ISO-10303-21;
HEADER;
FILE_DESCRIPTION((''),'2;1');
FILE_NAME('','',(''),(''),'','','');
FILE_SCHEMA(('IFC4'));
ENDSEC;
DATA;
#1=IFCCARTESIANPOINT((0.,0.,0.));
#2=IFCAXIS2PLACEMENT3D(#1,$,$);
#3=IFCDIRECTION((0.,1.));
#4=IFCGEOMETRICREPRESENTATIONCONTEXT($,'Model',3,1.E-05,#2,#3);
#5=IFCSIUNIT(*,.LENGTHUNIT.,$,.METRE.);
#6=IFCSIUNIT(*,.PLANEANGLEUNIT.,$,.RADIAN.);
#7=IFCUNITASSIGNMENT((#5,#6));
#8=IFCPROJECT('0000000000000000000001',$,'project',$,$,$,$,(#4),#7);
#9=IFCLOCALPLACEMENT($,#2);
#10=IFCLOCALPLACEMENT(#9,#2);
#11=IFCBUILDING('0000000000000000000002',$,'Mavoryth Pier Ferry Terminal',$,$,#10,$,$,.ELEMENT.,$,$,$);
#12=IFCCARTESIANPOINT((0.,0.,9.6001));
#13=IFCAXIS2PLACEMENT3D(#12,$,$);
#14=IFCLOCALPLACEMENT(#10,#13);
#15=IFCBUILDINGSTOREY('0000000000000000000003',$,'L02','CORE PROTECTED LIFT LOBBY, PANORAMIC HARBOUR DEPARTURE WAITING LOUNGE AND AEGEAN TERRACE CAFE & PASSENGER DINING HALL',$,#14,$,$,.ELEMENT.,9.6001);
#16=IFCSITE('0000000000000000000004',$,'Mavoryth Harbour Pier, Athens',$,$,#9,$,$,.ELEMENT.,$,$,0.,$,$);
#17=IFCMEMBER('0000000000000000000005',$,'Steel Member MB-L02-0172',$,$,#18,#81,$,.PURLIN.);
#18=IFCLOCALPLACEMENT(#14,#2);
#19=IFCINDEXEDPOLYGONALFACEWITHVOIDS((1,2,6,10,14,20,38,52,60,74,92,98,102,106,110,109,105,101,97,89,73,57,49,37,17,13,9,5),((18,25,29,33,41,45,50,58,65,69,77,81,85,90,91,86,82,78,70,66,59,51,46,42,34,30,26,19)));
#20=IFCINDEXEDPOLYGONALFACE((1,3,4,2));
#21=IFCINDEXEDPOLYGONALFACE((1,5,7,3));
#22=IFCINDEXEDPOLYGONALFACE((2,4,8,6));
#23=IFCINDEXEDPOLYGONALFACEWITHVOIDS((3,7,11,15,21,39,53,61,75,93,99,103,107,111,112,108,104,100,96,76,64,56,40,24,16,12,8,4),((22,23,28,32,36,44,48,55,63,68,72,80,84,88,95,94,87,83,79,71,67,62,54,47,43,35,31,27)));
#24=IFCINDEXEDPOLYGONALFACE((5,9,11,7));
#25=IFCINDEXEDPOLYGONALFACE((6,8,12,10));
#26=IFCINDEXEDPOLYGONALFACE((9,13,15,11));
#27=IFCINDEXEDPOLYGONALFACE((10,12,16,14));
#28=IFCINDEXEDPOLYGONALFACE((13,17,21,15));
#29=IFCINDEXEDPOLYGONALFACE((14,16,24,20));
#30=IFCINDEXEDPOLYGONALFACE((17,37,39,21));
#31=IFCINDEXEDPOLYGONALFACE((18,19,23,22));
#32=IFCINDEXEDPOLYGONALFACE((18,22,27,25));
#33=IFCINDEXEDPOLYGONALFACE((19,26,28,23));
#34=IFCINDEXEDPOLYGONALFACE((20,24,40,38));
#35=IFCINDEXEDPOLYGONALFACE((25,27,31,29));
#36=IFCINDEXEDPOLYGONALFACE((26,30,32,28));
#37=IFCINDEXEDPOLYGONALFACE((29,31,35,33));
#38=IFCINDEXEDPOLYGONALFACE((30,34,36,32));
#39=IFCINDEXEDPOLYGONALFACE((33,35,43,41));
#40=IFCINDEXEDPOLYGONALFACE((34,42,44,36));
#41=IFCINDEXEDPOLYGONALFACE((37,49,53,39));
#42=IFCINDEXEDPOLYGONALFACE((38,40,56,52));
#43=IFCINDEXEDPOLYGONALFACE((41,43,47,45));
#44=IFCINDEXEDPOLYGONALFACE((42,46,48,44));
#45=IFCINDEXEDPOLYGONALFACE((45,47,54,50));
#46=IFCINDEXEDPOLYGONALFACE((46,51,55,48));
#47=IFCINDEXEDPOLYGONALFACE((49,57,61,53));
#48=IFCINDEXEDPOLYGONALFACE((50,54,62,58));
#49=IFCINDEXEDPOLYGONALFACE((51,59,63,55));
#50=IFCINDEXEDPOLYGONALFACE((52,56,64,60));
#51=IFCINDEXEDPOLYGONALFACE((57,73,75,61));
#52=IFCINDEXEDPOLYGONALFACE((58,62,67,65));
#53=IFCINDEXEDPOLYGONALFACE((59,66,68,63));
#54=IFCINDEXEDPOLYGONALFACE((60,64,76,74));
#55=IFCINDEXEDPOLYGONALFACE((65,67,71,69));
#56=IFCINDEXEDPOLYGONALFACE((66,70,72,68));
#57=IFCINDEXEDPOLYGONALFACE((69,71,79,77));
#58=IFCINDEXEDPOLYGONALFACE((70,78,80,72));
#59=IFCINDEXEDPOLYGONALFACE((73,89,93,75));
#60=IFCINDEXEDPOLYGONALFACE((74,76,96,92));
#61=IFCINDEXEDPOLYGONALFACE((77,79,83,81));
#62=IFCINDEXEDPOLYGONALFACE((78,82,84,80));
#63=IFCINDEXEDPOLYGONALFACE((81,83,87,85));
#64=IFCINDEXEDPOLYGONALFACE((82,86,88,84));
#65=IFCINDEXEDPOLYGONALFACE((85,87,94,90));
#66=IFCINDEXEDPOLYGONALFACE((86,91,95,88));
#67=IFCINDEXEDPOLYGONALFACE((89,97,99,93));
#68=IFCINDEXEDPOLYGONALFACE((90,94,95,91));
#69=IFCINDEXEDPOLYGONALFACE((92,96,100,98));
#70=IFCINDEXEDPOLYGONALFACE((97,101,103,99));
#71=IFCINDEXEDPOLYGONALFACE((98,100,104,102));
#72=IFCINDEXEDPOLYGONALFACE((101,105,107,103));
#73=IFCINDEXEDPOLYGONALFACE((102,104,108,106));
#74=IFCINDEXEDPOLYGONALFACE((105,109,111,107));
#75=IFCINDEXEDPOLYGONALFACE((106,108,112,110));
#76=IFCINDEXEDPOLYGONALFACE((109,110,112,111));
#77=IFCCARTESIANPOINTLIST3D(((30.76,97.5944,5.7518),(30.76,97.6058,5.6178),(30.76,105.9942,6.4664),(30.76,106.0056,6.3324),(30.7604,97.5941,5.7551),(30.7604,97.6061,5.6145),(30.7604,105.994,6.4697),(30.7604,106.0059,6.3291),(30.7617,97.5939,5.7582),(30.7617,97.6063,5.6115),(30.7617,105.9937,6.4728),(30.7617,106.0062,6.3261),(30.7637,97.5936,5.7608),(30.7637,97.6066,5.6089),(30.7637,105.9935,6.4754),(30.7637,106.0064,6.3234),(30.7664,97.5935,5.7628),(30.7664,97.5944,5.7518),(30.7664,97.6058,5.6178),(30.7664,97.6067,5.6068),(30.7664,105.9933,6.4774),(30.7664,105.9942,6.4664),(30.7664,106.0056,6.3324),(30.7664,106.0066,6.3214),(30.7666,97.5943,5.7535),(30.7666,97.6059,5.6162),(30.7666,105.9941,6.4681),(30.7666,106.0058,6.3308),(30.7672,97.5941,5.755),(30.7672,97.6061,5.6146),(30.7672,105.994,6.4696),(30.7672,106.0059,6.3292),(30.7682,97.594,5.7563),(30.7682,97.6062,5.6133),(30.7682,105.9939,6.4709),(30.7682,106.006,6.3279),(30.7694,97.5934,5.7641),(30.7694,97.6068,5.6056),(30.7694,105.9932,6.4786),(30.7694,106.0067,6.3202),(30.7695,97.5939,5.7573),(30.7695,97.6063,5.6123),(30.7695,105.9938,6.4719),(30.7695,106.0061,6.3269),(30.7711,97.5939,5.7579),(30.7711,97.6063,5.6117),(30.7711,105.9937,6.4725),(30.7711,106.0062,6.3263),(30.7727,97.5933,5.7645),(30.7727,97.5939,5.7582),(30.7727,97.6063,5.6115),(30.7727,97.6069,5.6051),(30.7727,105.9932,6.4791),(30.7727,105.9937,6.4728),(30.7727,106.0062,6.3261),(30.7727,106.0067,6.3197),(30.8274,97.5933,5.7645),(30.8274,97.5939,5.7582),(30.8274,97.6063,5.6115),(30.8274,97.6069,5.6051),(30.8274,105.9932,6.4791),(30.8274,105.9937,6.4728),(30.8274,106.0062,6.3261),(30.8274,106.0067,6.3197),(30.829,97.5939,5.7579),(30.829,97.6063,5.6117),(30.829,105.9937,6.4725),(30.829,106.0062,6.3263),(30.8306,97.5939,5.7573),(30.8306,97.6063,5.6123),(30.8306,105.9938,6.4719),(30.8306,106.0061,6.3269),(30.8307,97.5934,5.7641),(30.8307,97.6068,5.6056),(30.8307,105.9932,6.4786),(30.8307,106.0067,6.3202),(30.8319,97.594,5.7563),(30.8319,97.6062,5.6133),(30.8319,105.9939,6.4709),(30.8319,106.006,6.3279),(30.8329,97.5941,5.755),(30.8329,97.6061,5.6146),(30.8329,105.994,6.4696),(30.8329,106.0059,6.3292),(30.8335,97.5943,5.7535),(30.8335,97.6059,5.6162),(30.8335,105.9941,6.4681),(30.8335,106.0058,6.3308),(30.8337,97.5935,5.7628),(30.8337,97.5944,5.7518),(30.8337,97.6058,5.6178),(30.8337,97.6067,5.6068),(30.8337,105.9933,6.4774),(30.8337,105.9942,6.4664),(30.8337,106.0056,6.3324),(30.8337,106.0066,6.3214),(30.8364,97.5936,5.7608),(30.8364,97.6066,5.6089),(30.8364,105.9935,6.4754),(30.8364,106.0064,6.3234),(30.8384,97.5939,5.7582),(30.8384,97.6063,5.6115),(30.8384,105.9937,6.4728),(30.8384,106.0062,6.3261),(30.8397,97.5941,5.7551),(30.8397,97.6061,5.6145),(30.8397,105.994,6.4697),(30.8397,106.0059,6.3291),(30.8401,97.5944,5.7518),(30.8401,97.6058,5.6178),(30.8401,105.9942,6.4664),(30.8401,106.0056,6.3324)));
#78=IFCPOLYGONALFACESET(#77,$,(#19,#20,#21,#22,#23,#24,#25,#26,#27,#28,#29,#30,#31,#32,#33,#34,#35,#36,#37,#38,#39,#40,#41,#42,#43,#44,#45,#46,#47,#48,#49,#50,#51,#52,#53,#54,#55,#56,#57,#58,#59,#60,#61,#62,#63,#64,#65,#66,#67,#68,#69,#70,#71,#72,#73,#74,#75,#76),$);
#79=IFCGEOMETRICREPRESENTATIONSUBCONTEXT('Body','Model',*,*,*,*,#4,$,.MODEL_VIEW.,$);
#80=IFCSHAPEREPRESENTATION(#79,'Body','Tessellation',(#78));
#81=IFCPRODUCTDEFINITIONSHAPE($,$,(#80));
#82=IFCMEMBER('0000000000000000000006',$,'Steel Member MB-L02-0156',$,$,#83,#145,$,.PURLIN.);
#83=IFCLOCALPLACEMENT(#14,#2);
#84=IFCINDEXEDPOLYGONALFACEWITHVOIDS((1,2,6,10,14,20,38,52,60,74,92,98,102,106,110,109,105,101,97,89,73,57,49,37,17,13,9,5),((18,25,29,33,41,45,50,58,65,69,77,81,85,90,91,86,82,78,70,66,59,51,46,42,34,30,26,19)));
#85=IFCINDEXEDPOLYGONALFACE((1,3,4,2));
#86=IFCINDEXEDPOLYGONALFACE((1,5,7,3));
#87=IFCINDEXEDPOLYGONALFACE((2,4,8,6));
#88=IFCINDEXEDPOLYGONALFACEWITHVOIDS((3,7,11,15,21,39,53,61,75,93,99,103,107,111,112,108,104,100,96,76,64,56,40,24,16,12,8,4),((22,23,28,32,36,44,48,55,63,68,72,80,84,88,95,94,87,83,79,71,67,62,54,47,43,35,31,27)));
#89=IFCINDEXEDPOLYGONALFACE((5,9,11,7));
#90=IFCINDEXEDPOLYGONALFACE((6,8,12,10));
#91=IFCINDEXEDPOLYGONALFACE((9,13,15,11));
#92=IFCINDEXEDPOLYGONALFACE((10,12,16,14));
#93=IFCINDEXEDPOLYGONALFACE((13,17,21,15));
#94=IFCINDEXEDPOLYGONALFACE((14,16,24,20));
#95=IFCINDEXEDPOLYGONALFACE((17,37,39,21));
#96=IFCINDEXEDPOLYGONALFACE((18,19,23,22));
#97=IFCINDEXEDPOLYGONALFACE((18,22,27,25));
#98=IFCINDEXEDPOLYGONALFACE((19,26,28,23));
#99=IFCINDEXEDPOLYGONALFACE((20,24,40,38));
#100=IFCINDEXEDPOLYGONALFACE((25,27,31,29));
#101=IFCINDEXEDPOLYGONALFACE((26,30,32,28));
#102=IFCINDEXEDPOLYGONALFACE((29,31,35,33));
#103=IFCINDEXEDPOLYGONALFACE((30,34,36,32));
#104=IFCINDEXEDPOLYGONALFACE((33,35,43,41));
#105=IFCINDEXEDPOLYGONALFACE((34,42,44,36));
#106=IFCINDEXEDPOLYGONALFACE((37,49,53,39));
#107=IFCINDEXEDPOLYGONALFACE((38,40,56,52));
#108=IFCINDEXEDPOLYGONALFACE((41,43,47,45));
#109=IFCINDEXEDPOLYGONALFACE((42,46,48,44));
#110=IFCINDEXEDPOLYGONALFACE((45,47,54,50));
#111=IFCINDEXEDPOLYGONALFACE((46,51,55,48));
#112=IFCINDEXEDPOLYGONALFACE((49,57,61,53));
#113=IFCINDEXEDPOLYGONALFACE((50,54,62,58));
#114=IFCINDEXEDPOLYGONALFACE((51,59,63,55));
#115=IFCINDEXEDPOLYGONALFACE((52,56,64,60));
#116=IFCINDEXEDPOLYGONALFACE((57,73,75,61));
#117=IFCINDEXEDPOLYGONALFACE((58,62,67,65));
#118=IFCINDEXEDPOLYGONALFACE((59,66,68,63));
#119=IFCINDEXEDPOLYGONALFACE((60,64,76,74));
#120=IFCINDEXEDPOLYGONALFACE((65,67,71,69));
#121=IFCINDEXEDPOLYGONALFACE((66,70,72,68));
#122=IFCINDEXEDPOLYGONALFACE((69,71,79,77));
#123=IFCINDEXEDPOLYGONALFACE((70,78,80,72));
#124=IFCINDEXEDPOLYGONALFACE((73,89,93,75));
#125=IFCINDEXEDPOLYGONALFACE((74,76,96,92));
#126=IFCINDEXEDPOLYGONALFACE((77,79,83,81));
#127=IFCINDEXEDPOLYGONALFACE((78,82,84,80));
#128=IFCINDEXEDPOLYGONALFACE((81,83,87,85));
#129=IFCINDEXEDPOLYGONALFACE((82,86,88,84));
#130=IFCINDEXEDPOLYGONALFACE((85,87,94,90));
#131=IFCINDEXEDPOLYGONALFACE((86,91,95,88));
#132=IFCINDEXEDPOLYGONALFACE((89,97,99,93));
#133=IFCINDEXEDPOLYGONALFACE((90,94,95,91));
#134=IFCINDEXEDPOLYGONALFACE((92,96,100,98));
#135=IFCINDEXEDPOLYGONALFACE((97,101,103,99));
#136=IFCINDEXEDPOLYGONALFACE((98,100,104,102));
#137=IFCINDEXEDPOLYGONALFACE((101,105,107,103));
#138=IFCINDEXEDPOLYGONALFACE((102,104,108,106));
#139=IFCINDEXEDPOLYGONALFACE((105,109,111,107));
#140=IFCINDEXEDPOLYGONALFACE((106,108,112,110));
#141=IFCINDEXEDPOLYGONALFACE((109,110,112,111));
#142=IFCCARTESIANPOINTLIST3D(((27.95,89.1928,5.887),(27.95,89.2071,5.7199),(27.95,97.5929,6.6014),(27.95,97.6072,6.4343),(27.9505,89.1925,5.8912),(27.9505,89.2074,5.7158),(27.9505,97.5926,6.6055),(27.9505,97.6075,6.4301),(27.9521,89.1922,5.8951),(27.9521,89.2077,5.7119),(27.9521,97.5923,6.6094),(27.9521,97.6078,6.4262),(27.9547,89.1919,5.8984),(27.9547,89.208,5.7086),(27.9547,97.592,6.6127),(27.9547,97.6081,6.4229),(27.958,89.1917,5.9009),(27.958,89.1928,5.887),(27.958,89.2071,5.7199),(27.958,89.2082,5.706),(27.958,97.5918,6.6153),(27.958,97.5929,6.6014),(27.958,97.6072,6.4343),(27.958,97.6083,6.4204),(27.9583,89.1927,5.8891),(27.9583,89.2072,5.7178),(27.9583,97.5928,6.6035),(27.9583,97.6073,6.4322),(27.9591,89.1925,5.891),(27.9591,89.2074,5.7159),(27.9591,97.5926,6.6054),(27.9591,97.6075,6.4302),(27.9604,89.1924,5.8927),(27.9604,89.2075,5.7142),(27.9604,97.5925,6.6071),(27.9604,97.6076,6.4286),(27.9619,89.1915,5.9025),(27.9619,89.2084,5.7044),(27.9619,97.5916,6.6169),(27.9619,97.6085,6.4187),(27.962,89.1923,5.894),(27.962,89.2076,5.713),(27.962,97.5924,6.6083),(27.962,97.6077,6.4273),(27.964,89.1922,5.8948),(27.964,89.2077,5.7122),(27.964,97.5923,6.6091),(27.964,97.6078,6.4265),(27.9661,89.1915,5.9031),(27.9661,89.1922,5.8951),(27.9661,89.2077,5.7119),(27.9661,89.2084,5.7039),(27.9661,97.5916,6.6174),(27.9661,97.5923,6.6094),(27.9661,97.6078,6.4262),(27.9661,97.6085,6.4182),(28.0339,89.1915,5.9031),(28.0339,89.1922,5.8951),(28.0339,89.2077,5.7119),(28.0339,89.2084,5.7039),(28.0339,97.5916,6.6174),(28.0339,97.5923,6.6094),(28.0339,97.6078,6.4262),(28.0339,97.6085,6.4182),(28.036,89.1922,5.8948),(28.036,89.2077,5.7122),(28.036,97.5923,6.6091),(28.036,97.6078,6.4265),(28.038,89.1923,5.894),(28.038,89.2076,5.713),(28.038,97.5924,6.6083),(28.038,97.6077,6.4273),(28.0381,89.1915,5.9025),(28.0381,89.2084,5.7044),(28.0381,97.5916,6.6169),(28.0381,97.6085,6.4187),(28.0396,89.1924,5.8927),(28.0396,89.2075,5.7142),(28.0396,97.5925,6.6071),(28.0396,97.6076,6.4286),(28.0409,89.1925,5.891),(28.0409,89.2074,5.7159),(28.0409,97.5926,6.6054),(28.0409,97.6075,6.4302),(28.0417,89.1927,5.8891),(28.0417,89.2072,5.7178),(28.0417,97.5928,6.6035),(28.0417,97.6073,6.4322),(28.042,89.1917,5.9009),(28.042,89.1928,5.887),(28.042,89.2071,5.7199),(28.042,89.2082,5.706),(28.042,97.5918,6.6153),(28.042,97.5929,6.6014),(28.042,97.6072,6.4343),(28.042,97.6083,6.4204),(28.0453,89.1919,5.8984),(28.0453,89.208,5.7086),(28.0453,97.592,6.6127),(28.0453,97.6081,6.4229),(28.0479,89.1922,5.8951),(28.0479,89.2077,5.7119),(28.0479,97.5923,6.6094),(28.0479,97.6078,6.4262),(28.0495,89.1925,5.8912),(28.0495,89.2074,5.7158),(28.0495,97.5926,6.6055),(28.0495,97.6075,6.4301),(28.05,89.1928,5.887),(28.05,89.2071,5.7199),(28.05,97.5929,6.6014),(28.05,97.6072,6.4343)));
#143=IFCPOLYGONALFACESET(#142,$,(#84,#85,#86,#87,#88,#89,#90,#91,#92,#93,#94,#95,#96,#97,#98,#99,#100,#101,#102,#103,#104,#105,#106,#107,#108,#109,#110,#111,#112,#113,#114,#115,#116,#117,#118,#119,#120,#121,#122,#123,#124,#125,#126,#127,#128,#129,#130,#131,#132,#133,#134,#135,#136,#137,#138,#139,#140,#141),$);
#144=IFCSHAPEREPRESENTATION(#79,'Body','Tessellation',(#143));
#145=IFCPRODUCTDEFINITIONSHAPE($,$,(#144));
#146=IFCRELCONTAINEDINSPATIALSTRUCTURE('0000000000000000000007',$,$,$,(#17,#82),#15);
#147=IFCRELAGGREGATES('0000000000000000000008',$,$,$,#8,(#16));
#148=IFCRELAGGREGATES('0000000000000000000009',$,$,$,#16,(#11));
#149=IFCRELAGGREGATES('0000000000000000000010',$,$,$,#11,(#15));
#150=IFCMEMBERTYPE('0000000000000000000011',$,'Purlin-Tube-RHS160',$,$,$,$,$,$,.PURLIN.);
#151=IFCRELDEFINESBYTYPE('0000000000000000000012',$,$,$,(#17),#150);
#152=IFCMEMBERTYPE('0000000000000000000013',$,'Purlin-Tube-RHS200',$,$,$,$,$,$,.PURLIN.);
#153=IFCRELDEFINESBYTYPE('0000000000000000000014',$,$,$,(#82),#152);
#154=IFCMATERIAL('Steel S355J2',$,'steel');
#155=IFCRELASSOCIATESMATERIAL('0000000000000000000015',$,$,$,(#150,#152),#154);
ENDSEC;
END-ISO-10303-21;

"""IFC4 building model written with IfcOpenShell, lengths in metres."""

from ifc_helpers import new_model, si_unit, direction, frame, origin, origin_2d, place, context, subcontext, project, spatial, hollow_rectangle, extrude, material, material_profile, profile_set, type_object, element, save


model = new_model("IFC4")

# Units and contexts
model_context = context("Model", 3, precision=1e-05, world=origin(), true_north=direction((0.0, 1.0)))
body_context = subcontext(model_context, "Body", "Model", "MODEL_VIEW")
ifc_project = project(units=[si_unit("LENGTHUNIT", "METRE"), si_unit("PLANEANGLEUNIT", "RADIAN")], contexts=[model_context])

# Site, building, storey
site_placement = place(None, origin())
site = spatial("IfcSite", under=ifc_project, at=site_placement, Name="Mavoryth Harbour Pier, Athens", CompositionType="ELEMENT", RefElevation=0.0)
building_placement = place(site_placement, origin())
building = spatial("IfcBuilding", under=site, at=building_placement, Name="Mavoryth Pier Ferry Terminal", CompositionType="ELEMENT")
storey_placement = place(building_placement, frame((0.0, 0.0, 9.6001)))
storey = spatial("IfcBuildingStorey", under=building, at=storey_placement, Name="L02", Description="CORE PROTECTED LIFT LOBBY, PANORAMIC HARBOUR DEPARTURE WAITING LOUNGE AND AEGEAN TERRACE CAFE & PASSENGER DINING HALL", CompositionType="ELEMENT", Elevation=9.6001)

# Shared definitions
ifc_material_1 = material(Name="Steel S355J2", Category="steel")

# Members
ifc_material_profile_1 = material_profile(ifc_material_1, hollow_rectangle(XDim=0.0801, YDim=0.1599, WallThickness=0.0063, InnerFilletRadius=0.0063, OuterFilletRadius=0.0127, at=origin_2d()), Name="RHS 160x80x6.3", Category="steel")
ifc_profile_set_1 = profile_set([ifc_material_profile_1], Name="Steel S355J2 - RHS 160x80x6.3")
member_type_1 = type_object("IfcMemberType", Name="Purlin-Tube-RHS160", PredefinedType="PURLIN", material=ifc_profile_set_1)
member_1_placement = place(storey_placement, frame((30.8, 97.6001, 5.6848), z_axis=(0.0, 0.996401, 0.084766), x_axis=(-1.0, 0.0, 0.0)))
element("IfcMember", 1, at=member_1_placement, inside=storey, type_object=member_type_1, Name="Steel Member MB-L02-0172", PredefinedType="PURLIN", context=body_context, shape_type="SweptSolid", body=[
    extrude(hollow_rectangle(XDim=0.0801, YDim=0.1599, WallThickness=0.0063, InnerFilletRadius=0.0063, OuterFilletRadius=0.0127, at=origin_2d()), origin(), (0.0, 0.0, 1.0), 8.4302),
])
ifc_material_profile_2 = material_profile(ifc_material_1, hollow_rectangle(XDim=0.1001, YDim=0.2, WallThickness=0.0081, InnerFilletRadius=0.0081, OuterFilletRadius=0.0161, at=origin_2d()), Name="RHS 200x100x8.0", Category="steel")
ifc_profile_set_2 = profile_set([ifc_material_profile_2], Name="Steel S355J2 - RHS 200x100x8.0")
member_type_2 = type_object("IfcMemberType", Name="Purlin-Tube-RHS200", PredefinedType="PURLIN", material=ifc_profile_set_2)
member_2_placement = place(storey_placement, frame((28.0, 89.2, 5.8035), z_axis=(0.0, 0.996404, 0.084735), x_axis=(-1.0, 0.0, 0.0)))
element("IfcMember", 2, at=member_2_placement, inside=storey, type_object=member_type_2, Name="Steel Member MB-L02-0156", PredefinedType="PURLIN", context=body_context, shape_type="SweptSolid", body=[
    extrude(hollow_rectangle(XDim=0.1001, YDim=0.2, WallThickness=0.0081, InnerFilletRadius=0.0081, OuterFilletRadius=0.0161, at=origin_2d()), origin(), (0.0, 0.0, 1.0), 8.4304),
])

save(model, "model.ifc")
